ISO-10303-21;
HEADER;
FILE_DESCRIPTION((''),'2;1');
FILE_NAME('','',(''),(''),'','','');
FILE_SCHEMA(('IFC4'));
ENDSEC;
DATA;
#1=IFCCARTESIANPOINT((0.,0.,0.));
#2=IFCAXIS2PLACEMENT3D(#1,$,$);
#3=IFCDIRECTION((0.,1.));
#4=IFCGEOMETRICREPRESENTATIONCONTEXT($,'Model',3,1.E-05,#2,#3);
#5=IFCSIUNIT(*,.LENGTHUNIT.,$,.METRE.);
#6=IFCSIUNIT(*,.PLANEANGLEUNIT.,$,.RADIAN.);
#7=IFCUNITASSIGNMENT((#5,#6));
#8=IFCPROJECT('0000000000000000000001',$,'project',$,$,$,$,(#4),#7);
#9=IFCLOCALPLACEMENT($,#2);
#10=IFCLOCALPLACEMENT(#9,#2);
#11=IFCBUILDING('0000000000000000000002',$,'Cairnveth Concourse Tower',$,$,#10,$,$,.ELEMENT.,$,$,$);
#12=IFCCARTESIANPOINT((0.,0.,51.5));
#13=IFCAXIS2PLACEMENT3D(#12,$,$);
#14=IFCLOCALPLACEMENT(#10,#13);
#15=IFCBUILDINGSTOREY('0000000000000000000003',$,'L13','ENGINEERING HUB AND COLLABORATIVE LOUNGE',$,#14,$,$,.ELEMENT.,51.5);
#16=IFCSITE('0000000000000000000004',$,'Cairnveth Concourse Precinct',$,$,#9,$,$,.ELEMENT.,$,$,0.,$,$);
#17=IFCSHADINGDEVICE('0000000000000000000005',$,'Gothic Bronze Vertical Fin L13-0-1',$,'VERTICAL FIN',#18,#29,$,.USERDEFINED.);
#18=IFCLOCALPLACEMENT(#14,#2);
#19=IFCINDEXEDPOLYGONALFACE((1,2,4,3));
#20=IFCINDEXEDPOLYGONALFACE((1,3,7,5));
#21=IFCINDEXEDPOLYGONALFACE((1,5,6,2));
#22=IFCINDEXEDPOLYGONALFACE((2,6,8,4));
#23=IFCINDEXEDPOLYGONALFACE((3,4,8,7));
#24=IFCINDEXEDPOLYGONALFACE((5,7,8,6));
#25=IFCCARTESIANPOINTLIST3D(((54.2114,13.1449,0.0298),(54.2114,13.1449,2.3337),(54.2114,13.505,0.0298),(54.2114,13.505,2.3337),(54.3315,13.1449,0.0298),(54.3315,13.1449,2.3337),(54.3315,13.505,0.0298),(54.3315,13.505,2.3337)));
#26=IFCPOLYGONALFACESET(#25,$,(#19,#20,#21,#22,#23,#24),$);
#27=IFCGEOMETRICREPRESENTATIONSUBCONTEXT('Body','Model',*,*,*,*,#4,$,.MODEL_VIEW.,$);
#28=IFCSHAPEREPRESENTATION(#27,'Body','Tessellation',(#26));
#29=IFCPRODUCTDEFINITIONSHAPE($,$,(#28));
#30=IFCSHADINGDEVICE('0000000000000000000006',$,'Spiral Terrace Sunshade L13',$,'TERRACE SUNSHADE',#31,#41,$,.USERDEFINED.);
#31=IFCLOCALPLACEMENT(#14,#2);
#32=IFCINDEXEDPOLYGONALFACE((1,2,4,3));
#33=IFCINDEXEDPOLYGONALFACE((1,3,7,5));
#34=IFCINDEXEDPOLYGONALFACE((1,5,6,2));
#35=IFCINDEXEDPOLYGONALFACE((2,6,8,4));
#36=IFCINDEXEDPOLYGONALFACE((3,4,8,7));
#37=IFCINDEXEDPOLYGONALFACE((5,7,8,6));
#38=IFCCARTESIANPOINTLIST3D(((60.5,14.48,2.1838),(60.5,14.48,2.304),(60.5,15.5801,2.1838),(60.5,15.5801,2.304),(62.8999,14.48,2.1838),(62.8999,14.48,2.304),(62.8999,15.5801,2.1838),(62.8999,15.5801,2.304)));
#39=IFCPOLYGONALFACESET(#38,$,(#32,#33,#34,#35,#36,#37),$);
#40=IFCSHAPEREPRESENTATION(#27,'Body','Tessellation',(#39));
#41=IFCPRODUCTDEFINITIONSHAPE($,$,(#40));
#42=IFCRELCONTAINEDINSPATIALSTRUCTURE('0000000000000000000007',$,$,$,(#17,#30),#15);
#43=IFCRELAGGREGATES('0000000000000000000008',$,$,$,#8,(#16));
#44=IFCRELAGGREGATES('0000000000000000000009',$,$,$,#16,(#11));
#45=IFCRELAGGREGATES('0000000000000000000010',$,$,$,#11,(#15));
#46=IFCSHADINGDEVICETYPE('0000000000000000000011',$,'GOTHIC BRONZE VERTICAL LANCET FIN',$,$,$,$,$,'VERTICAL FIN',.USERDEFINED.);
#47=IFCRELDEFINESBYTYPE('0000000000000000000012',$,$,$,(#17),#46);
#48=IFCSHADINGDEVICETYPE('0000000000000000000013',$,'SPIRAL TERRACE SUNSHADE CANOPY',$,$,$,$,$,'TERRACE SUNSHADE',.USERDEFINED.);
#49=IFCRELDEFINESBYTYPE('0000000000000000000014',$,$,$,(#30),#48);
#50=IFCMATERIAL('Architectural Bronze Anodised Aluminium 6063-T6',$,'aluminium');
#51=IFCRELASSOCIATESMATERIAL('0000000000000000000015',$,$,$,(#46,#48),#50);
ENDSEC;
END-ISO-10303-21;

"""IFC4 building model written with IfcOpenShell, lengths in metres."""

from ifc_helpers import new_model, si_unit, direction, frame, origin, origin_2d, place, context, subcontext, project, spatial, rectangle, extrude, material, type_object, element, save


model = new_model("IFC4")

# Units and contexts
model_context = context("Model", 3, precision=1e-05, world=origin(), true_north=direction((0.0, 1.0)))
body_context = subcontext(model_context, "Body", "Model", "MODEL_VIEW")
ifc_project = project(units=[si_unit("LENGTHUNIT", "METRE"), si_unit("PLANEANGLEUNIT", "RADIAN")], contexts=[model_context])

# Site, building, storey
site_placement = place(None, origin())
site = spatial("IfcSite", under=ifc_project, at=site_placement, Name="Cairnveth Concourse Precinct", CompositionType="ELEMENT", RefElevation=0.0)
building_placement = place(site_placement, origin())
building = spatial("IfcBuilding", under=site, at=building_placement, Name="Cairnveth Concourse Tower", CompositionType="ELEMENT")
storey_placement = place(building_placement, frame((0.0, 0.0, 51.5)))
storey = spatial("IfcBuildingStorey", under=building, at=storey_placement, Name="L13", Description="ENGINEERING HUB AND COLLABORATIVE LOUNGE", CompositionType="ELEMENT", Elevation=51.5)

# Shared definitions
ifc_material_1 = material(Name="Architectural Bronze Anodised Aluminium 6063-T6", Category="aluminium")

# Shading devices
shading_device_type_1 = type_object("IfcShadingDeviceType", Name="GOTHIC BRONZE VERTICAL LANCET FIN", ElementType="VERTICAL FIN", PredefinedType="USERDEFINED", material=ifc_material_1)
shading_device_1_placement = place(storey_placement, frame((54.2715, 13.325, 0.0298), z_axis=(0.0, 0.0, 1.0), x_axis=(1.0, 0.0, 0.0)))
element("IfcShadingDevice", 1, at=shading_device_1_placement, inside=storey, type_object=shading_device_type_1, Name="Gothic Bronze Vertical Fin L13-0-1", ObjectType="VERTICAL FIN", PredefinedType="USERDEFINED", context=body_context, shape_type="SweptSolid", body=[
    extrude(rectangle(XDim=0.1201, YDim=0.3601, at=origin_2d()), origin(), (0.0, 0.0, 1.0), 2.304),
])
shading_device_type_2 = type_object("IfcShadingDeviceType", Name="SPIRAL TERRACE SUNSHADE CANOPY", ElementType="TERRACE SUNSHADE", PredefinedType="USERDEFINED", material=ifc_material_1)
shading_device_2_placement = place(storey_placement, frame((61.7, 15.03, 2.1838), z_axis=(0.0, 0.0, 1.0), x_axis=(1.0, 0.0, 0.0)))
element("IfcShadingDevice", 2, at=shading_device_2_placement, inside=storey, type_object=shading_device_type_2, Name="Spiral Terrace Sunshade L13", ObjectType="TERRACE SUNSHADE", PredefinedType="USERDEFINED", context=body_context, shape_type="SweptSolid", body=[
    extrude(rectangle(XDim=2.3999, YDim=1.1001, at=origin_2d()), origin(), (0.0, 0.0, 1.0), 0.1201),
])

save(model, "model.ifc")
